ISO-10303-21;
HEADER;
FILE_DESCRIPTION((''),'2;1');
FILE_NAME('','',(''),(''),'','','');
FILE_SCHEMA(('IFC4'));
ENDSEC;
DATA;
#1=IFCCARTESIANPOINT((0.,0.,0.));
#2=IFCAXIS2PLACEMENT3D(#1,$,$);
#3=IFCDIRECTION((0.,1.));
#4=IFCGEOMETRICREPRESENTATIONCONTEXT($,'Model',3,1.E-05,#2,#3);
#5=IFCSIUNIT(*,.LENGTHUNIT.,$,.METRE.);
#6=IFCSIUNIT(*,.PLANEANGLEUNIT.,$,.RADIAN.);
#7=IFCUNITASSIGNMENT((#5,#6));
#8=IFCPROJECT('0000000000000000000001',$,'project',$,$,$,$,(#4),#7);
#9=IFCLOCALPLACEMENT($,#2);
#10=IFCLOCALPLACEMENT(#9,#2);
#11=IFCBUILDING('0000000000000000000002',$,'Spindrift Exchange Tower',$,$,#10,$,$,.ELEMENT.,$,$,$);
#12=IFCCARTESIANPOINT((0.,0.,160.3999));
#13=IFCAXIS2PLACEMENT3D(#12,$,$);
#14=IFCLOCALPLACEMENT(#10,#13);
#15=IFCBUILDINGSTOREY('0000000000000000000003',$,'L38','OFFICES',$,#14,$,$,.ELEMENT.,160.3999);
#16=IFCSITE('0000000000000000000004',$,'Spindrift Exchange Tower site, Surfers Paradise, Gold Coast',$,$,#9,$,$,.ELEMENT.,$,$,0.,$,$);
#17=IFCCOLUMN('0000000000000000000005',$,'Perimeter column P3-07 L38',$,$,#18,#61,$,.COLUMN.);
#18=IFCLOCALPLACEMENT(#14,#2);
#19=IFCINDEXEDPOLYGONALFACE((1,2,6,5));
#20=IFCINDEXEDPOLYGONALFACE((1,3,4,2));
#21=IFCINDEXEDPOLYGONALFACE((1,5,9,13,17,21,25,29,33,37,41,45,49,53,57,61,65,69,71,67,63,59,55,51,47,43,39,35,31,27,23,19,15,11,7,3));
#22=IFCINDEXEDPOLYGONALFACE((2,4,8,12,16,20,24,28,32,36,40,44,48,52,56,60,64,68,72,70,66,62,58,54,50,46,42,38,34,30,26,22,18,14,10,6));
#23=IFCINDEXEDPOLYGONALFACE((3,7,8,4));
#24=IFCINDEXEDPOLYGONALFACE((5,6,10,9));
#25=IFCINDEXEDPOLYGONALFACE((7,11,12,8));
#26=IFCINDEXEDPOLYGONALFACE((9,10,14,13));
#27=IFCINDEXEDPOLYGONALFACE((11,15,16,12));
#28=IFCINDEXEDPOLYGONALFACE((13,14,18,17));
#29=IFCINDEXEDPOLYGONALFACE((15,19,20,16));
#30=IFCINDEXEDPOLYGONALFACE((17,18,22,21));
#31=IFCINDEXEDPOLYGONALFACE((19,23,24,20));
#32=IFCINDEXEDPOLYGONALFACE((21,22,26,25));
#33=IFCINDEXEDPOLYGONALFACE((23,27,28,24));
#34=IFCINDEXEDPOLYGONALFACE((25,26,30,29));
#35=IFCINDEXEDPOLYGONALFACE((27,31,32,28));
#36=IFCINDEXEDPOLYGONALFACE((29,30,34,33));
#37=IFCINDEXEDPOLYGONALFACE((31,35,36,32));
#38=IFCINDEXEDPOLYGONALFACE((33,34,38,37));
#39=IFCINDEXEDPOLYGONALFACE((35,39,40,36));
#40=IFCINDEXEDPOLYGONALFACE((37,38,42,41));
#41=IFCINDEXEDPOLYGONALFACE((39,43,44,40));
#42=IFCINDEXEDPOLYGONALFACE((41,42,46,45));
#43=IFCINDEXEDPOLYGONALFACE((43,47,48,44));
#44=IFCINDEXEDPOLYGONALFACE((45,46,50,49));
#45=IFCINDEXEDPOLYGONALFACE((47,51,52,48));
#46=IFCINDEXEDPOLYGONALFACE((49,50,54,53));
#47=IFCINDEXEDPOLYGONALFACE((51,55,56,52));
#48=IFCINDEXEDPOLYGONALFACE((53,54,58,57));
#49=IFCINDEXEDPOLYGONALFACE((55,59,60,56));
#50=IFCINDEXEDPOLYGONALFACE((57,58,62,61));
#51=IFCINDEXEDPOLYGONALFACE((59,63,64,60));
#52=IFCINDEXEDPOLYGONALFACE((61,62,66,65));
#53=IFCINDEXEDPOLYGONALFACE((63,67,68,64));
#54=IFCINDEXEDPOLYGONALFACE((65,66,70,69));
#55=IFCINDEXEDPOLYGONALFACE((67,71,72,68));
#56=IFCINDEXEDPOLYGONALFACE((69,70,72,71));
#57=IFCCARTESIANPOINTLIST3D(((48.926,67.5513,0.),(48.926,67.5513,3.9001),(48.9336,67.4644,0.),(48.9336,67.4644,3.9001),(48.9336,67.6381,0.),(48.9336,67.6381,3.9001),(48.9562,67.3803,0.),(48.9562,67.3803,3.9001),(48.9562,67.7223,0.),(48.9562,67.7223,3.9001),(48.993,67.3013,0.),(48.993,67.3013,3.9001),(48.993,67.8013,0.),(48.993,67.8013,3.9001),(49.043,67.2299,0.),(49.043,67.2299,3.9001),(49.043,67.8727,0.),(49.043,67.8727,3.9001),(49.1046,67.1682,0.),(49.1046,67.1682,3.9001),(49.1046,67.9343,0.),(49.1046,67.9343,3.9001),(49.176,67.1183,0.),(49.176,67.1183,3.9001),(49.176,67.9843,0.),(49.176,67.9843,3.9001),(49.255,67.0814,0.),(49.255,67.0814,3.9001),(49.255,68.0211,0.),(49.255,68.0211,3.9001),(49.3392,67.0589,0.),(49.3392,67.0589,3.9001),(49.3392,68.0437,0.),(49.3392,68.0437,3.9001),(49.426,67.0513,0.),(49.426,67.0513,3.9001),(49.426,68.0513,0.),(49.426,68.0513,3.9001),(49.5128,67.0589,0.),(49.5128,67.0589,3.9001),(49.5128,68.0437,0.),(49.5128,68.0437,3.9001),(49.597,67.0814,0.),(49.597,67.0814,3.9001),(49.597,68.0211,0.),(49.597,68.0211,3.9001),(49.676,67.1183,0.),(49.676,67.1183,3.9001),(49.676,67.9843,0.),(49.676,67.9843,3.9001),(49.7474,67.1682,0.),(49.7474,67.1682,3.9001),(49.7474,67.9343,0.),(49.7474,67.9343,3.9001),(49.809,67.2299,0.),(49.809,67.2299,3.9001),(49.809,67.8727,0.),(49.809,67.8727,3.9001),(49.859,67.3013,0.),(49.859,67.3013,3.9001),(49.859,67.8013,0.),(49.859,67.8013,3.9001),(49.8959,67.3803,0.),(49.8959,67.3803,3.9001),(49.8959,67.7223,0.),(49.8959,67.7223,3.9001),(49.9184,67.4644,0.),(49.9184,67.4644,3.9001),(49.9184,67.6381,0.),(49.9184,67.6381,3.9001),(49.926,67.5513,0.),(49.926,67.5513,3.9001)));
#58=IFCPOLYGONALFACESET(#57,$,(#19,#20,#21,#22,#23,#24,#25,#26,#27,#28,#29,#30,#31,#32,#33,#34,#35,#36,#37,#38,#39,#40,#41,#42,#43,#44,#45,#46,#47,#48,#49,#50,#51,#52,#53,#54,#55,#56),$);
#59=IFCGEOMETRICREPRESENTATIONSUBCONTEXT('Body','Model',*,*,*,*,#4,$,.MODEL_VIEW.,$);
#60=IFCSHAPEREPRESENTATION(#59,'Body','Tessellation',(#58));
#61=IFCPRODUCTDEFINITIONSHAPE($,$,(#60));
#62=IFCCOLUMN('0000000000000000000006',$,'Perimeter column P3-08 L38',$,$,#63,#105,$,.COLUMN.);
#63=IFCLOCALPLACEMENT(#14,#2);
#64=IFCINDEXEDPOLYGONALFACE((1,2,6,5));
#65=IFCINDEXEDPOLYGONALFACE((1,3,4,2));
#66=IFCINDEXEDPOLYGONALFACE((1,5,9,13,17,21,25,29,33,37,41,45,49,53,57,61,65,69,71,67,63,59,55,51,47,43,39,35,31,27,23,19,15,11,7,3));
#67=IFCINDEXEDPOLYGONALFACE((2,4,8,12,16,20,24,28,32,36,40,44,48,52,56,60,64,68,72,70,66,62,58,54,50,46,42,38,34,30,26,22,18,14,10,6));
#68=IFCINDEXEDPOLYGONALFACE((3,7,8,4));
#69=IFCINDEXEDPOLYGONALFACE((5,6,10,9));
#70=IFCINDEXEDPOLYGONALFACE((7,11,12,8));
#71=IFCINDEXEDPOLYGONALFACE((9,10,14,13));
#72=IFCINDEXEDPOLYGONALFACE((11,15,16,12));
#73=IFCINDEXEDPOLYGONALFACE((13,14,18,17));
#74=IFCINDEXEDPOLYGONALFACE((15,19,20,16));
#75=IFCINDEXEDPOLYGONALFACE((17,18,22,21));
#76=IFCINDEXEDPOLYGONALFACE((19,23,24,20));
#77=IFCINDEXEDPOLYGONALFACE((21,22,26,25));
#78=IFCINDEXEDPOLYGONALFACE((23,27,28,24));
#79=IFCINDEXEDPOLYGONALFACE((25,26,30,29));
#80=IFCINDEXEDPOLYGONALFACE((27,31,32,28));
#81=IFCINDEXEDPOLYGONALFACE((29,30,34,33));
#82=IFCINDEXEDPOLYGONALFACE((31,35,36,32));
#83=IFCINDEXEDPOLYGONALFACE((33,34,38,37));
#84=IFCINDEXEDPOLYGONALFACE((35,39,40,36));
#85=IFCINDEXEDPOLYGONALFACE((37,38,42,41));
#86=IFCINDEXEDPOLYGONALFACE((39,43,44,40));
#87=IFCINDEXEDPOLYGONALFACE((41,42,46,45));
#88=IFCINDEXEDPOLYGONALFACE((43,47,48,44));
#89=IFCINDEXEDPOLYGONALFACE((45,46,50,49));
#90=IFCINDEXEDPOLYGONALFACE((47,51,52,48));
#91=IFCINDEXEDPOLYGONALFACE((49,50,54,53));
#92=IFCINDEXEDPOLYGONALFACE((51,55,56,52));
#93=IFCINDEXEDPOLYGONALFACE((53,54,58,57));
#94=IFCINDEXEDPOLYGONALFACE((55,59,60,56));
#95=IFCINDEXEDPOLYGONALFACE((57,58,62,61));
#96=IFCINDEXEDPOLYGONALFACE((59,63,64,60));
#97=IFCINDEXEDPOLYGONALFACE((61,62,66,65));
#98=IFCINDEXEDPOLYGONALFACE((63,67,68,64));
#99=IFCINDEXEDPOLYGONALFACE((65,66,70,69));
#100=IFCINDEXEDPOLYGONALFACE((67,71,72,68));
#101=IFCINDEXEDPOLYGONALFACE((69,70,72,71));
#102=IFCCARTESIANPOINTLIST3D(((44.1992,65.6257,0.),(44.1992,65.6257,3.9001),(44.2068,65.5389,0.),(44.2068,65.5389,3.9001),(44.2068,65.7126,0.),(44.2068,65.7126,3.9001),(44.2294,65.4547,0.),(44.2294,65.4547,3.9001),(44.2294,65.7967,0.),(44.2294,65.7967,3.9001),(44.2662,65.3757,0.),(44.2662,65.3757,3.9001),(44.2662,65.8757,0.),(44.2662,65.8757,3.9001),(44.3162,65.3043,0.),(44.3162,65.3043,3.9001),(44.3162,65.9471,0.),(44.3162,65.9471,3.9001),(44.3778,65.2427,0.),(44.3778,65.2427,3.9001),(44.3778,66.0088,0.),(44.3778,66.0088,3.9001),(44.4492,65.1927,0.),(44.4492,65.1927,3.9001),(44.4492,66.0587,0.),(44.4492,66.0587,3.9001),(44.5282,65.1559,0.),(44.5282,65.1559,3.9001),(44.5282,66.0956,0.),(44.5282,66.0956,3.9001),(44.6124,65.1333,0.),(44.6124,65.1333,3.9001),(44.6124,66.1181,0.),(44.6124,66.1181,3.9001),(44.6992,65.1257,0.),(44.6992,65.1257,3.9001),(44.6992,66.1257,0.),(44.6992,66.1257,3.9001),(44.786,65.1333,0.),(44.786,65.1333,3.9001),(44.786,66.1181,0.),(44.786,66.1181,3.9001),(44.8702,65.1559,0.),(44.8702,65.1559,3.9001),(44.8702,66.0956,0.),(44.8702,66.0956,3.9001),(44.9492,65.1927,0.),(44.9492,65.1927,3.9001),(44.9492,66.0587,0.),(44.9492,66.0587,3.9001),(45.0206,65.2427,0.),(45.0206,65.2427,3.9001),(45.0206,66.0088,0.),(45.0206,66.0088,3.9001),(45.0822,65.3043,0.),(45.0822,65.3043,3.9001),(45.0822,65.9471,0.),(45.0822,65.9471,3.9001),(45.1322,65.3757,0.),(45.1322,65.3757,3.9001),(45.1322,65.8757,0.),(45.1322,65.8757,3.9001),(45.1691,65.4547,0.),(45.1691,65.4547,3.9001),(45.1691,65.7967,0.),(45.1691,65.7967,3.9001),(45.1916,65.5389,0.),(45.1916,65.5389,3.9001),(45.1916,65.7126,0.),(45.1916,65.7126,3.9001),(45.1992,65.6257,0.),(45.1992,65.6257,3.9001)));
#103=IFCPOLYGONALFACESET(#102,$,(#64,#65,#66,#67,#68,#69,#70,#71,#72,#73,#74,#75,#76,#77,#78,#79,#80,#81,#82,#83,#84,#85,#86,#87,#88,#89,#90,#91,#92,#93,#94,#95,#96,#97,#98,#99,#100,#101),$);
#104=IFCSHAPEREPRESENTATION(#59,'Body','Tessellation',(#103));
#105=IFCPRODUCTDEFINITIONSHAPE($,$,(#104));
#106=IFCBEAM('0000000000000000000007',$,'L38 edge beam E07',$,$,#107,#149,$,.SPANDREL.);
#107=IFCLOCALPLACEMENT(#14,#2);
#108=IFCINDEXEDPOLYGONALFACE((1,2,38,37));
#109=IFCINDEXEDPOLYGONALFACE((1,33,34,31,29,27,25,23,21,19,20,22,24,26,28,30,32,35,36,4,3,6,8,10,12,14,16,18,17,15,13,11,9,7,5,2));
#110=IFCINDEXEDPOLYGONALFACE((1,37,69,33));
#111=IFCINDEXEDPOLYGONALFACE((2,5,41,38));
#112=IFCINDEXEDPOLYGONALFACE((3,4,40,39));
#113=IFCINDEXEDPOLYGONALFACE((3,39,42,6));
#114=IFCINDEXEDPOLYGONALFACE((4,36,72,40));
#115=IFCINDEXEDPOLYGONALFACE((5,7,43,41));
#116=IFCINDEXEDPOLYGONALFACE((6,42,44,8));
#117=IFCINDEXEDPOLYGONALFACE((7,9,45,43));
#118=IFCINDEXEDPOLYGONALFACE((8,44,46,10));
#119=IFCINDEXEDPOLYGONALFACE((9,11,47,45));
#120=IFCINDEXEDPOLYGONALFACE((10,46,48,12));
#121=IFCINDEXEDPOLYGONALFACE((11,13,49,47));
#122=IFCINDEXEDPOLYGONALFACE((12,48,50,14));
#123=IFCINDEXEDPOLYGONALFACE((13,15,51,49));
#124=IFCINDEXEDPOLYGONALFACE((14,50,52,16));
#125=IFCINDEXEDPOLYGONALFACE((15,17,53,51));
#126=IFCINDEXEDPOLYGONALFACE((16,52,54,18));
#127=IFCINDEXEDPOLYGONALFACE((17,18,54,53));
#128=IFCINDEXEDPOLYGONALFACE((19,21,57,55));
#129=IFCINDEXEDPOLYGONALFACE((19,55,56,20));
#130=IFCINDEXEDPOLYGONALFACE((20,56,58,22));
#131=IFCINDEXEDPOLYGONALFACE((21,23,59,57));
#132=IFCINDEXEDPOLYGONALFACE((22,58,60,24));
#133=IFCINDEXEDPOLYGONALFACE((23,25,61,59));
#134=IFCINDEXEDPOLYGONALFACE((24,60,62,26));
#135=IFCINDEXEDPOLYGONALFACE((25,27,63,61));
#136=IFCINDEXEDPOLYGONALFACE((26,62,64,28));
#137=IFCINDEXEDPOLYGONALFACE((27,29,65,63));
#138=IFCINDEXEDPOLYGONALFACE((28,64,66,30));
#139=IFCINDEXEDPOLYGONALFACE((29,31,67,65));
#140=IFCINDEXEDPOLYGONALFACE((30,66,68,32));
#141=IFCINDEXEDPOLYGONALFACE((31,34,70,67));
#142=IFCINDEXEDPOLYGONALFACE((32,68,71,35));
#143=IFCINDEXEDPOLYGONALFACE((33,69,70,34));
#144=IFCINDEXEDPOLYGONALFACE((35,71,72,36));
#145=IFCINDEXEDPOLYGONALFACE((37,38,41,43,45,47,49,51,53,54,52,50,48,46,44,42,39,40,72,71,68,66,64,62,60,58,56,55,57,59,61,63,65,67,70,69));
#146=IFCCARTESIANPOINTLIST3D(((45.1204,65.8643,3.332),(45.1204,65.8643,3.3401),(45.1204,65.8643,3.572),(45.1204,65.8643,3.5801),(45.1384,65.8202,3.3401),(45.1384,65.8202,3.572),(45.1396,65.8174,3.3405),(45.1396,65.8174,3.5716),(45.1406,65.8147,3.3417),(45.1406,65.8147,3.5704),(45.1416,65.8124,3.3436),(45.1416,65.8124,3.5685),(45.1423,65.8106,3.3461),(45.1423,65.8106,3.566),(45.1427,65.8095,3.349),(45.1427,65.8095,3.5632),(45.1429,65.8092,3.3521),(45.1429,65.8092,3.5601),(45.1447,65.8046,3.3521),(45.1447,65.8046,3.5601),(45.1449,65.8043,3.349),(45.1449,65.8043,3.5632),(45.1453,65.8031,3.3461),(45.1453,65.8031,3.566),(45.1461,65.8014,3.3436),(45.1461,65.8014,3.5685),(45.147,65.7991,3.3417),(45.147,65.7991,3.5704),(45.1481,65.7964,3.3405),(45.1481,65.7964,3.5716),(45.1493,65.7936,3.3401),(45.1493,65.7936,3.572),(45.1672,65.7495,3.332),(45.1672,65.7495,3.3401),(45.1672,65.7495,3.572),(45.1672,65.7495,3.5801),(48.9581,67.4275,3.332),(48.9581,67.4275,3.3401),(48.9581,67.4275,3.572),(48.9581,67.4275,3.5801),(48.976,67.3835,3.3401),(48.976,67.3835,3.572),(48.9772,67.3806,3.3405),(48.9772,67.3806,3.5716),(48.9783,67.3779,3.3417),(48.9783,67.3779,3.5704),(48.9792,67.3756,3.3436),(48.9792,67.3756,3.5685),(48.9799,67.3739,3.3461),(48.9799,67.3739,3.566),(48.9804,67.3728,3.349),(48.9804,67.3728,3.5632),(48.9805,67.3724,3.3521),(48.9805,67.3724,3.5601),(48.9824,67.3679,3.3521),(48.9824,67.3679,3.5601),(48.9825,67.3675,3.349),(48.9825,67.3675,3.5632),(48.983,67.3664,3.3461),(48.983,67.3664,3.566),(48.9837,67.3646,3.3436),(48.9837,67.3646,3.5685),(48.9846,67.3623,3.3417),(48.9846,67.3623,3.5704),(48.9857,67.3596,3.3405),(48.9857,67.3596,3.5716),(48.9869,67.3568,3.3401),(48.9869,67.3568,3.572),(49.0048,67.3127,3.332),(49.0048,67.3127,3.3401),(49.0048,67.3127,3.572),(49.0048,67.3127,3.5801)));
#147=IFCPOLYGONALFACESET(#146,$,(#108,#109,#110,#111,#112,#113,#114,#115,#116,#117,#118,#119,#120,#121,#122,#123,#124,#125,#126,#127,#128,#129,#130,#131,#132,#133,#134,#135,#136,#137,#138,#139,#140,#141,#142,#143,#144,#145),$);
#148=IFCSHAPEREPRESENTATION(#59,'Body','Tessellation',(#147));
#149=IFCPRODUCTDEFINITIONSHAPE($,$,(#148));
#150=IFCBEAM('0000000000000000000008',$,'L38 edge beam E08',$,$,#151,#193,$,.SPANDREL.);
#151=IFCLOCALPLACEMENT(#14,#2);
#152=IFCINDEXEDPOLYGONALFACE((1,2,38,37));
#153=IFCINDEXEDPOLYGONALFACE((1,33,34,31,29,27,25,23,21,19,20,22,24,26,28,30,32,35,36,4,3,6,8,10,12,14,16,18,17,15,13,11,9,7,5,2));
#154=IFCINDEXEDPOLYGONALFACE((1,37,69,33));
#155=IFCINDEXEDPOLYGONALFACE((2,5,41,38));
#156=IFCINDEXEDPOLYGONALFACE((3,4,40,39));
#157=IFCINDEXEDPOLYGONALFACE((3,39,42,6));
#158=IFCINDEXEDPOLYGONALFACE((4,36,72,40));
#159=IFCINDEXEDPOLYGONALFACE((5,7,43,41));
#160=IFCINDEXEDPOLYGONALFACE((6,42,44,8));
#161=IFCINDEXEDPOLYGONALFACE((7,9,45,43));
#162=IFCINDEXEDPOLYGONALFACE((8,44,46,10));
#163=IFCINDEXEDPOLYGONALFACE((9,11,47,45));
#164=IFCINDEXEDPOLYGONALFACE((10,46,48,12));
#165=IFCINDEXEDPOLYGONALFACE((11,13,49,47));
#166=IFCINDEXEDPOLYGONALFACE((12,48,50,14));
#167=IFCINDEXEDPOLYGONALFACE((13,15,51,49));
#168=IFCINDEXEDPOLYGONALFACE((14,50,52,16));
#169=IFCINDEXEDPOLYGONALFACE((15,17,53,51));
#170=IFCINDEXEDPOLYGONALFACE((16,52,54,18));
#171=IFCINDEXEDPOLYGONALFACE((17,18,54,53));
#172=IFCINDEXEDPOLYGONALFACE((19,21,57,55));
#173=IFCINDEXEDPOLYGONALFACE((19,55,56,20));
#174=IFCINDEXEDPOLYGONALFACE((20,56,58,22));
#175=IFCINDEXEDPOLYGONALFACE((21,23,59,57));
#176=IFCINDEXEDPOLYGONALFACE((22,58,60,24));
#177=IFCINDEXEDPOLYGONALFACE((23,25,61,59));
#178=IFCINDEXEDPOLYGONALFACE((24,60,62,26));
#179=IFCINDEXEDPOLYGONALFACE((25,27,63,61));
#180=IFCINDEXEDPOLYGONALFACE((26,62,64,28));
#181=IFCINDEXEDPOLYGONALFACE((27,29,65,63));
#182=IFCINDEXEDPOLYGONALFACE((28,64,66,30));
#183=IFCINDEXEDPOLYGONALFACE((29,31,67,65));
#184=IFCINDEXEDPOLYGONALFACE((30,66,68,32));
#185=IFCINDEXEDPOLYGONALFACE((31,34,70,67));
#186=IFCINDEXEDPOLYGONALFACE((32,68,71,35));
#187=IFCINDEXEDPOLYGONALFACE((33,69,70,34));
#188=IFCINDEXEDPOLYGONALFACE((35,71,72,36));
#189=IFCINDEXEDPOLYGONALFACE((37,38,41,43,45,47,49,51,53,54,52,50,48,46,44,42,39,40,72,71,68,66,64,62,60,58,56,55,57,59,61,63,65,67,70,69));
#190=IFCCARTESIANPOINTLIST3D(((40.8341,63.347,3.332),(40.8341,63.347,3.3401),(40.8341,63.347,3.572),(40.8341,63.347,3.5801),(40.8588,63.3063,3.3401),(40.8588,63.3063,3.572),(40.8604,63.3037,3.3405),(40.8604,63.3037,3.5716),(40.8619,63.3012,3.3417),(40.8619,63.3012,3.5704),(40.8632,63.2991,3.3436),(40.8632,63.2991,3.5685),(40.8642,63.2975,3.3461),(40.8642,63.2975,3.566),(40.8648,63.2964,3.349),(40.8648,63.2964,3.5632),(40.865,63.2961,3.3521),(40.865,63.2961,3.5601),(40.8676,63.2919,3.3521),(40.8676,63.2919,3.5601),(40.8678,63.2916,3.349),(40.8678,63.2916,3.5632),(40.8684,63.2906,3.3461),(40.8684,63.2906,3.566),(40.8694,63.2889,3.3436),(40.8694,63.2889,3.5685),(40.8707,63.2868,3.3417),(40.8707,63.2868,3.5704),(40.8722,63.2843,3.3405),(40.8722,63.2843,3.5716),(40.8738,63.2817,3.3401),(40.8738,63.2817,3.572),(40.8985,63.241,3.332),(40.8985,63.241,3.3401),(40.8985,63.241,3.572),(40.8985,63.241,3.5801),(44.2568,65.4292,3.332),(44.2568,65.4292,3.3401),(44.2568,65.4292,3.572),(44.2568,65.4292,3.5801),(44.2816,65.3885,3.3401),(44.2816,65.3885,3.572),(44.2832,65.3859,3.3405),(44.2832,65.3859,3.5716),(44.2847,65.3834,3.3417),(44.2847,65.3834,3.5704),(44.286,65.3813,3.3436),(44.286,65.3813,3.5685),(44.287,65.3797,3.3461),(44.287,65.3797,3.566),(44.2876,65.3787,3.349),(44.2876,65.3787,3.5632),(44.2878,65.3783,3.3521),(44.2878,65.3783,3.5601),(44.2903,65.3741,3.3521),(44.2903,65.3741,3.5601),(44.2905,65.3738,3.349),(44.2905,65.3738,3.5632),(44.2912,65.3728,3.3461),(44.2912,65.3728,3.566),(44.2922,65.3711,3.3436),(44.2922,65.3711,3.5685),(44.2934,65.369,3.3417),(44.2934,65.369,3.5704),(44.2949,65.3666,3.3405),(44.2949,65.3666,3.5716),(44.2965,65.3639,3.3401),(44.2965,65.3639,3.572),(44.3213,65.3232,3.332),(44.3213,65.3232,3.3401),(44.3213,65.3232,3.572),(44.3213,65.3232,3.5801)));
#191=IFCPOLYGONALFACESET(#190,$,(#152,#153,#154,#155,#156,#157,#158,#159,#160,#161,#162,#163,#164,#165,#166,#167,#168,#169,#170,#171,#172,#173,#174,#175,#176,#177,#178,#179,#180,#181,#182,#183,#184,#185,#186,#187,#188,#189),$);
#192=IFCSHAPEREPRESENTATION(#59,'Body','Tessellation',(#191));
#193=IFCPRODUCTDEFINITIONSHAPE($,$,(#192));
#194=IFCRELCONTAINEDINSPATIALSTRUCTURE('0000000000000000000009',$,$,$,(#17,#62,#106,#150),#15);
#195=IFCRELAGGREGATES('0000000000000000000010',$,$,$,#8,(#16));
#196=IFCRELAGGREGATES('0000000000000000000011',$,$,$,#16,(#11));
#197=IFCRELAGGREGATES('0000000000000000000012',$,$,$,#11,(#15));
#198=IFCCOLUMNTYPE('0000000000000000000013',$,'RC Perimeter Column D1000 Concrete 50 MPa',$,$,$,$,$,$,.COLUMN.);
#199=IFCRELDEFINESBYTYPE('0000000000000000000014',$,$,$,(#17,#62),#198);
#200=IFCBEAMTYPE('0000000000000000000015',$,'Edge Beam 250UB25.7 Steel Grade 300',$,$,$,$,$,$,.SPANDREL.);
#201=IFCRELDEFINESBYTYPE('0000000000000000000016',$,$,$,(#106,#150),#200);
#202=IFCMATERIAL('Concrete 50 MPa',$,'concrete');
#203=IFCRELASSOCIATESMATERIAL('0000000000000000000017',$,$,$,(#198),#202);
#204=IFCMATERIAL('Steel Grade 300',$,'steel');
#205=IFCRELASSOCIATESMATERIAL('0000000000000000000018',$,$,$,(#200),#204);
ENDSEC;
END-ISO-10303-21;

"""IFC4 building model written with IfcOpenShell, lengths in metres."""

from ifc_helpers import new_model, si_unit, direction, frame, origin, origin_2d, place, context, subcontext, project, spatial, circle, i_section, extrude, source, transform, mapped, material, material_profile, profile_set, type_object, element, save


model = new_model("IFC4")

# Units and contexts
model_context = context("Model", 3, precision=1e-05, world=origin(), true_north=direction((0.0, 1.0)))
body_context = subcontext(model_context, "Body", "Model", "MODEL_VIEW")
ifc_project = project(units=[si_unit("LENGTHUNIT", "METRE"), si_unit("PLANEANGLEUNIT", "RADIAN")], contexts=[model_context])

# Site, building, storey
site_placement = place(None, origin())
site = spatial("IfcSite", under=ifc_project, at=site_placement, Name="Spindrift Exchange Tower site, Surfers Paradise, Gold Coast", CompositionType="ELEMENT", RefElevation=0.0)
building_placement = place(site_placement, origin())
building = spatial("IfcBuilding", under=site, at=building_placement, Name="Spindrift Exchange Tower", CompositionType="ELEMENT")
storey_placement = place(building_placement, frame((0.0, 0.0, 160.3999)))
storey = spatial("IfcBuildingStorey", under=building, at=storey_placement, Name="L38", Description="OFFICES", CompositionType="ELEMENT", Elevation=160.3999)

# Columns
ifc_material_1 = material(Name="Concrete 50 MPa", Category="concrete")
ifc_material_profile_1 = material_profile(ifc_material_1, circle(Radius=0.5, at=origin_2d()), Name="RC D1000")
ifc_profile_set_1 = profile_set([ifc_material_profile_1], Name="Concrete 50 MPa")
column_type = type_object("IfcColumnType", Name="RC Perimeter Column D1000 Concrete 50 MPa", PredefinedType="COLUMN", material=ifc_profile_set_1)
shared_shape_1 = source(origin(), body_context, "Body", "SweptSolid", [
    extrude(circle(Radius=0.5, at=origin_2d()), origin(), (0.0, 0.0, 1.0), 3.9001),
])
for number, where, z_axis, x_axis, name in (
    (1, (49.426, 67.5513, 0.0), (0.0, 0.0, 1.0), (1.0, 0.0, 0.0), "Perimeter column P3-07 L38"),
    (2, (44.6992, 65.6257, 0.0), (0.0, 0.0, 1.0), (1.0, 0.0, 0.0), "Perimeter column P3-08 L38"),
):
    element("IfcColumn", number, at=place(storey_placement, frame(where, z_axis=z_axis, x_axis=x_axis)), inside=storey, type_object=column_type, Name=name, PredefinedType="COLUMN", context=body_context, shape_type="MappedRepresentation", body=[
        mapped(shared_shape_1, transform((0.0, 0.0, 0.0), scale=1.0)),
    ])

# Beams
ifc_material_2 = material(Name="Steel Grade 300", Category="steel")
ifc_material_profile_2 = material_profile(ifc_material_2, i_section(OverallWidth=0.124, OverallDepth=0.248, WebThickness=0.0049, FlangeThickness=0.0081, FilletRadius=0.012, at=origin_2d()), Name="250UB25.7")
ifc_profile_set_2 = profile_set([ifc_material_profile_2], Name="Steel Grade 300")
beam_type_1 = type_object("IfcBeamType", Name="Edge Beam 250UB25.7 Steel Grade 300", PredefinedType="SPANDREL", material=ifc_profile_set_2)
shared_shape_2 = source(origin(), body_context, "Body", "SweptSolid", [
    extrude(i_section(OverallWidth=0.124, OverallDepth=0.248, WebThickness=0.0049, FlangeThickness=0.0081, FilletRadius=0.012, at=origin_2d()), origin(), (0.0, 0.0, 1.0), 4.1438),
])
beam_1_placement = place(storey_placement, frame((48.9814, 67.3701, 3.4561), z_axis=(-0.926114, -0.377244, 0.0), x_axis=(0.377244, -0.926114, 0.0)))
element("IfcBeam", 3, at=beam_1_placement, inside=storey, type_object=beam_type_1, Name="L38 edge beam E07", PredefinedType="SPANDREL", context=body_context, shape_type="MappedRepresentation", body=[
    mapped(shared_shape_2, transform((0.0, 0.0, 0.0), scale=1.0)),
])
shared_shape_3 = source(origin(), body_context, "Body", "SweptSolid", [
    extrude(i_section(OverallWidth=0.124, OverallDepth=0.248, WebThickness=0.0049, FlangeThickness=0.0081, FilletRadius=0.012, at=origin_2d()), origin(), (0.0, 0.0, 1.0), 4.0063),
])
beam_2_placement = place(storey_placement, frame((44.2891, 65.3762, 3.4561), z_axis=(-0.854331, -0.519728, 0.0), x_axis=(0.519728, -0.854331, 0.0)))
element("IfcBeam", 4, at=beam_2_placement, inside=storey, type_object=beam_type_1, Name="L38 edge beam E08", PredefinedType="SPANDREL", context=body_context, shape_type="MappedRepresentation", body=[
    mapped(shared_shape_3, transform((0.0, 0.0, 0.0), scale=1.0)),
])

save(model, "model.ifc")
